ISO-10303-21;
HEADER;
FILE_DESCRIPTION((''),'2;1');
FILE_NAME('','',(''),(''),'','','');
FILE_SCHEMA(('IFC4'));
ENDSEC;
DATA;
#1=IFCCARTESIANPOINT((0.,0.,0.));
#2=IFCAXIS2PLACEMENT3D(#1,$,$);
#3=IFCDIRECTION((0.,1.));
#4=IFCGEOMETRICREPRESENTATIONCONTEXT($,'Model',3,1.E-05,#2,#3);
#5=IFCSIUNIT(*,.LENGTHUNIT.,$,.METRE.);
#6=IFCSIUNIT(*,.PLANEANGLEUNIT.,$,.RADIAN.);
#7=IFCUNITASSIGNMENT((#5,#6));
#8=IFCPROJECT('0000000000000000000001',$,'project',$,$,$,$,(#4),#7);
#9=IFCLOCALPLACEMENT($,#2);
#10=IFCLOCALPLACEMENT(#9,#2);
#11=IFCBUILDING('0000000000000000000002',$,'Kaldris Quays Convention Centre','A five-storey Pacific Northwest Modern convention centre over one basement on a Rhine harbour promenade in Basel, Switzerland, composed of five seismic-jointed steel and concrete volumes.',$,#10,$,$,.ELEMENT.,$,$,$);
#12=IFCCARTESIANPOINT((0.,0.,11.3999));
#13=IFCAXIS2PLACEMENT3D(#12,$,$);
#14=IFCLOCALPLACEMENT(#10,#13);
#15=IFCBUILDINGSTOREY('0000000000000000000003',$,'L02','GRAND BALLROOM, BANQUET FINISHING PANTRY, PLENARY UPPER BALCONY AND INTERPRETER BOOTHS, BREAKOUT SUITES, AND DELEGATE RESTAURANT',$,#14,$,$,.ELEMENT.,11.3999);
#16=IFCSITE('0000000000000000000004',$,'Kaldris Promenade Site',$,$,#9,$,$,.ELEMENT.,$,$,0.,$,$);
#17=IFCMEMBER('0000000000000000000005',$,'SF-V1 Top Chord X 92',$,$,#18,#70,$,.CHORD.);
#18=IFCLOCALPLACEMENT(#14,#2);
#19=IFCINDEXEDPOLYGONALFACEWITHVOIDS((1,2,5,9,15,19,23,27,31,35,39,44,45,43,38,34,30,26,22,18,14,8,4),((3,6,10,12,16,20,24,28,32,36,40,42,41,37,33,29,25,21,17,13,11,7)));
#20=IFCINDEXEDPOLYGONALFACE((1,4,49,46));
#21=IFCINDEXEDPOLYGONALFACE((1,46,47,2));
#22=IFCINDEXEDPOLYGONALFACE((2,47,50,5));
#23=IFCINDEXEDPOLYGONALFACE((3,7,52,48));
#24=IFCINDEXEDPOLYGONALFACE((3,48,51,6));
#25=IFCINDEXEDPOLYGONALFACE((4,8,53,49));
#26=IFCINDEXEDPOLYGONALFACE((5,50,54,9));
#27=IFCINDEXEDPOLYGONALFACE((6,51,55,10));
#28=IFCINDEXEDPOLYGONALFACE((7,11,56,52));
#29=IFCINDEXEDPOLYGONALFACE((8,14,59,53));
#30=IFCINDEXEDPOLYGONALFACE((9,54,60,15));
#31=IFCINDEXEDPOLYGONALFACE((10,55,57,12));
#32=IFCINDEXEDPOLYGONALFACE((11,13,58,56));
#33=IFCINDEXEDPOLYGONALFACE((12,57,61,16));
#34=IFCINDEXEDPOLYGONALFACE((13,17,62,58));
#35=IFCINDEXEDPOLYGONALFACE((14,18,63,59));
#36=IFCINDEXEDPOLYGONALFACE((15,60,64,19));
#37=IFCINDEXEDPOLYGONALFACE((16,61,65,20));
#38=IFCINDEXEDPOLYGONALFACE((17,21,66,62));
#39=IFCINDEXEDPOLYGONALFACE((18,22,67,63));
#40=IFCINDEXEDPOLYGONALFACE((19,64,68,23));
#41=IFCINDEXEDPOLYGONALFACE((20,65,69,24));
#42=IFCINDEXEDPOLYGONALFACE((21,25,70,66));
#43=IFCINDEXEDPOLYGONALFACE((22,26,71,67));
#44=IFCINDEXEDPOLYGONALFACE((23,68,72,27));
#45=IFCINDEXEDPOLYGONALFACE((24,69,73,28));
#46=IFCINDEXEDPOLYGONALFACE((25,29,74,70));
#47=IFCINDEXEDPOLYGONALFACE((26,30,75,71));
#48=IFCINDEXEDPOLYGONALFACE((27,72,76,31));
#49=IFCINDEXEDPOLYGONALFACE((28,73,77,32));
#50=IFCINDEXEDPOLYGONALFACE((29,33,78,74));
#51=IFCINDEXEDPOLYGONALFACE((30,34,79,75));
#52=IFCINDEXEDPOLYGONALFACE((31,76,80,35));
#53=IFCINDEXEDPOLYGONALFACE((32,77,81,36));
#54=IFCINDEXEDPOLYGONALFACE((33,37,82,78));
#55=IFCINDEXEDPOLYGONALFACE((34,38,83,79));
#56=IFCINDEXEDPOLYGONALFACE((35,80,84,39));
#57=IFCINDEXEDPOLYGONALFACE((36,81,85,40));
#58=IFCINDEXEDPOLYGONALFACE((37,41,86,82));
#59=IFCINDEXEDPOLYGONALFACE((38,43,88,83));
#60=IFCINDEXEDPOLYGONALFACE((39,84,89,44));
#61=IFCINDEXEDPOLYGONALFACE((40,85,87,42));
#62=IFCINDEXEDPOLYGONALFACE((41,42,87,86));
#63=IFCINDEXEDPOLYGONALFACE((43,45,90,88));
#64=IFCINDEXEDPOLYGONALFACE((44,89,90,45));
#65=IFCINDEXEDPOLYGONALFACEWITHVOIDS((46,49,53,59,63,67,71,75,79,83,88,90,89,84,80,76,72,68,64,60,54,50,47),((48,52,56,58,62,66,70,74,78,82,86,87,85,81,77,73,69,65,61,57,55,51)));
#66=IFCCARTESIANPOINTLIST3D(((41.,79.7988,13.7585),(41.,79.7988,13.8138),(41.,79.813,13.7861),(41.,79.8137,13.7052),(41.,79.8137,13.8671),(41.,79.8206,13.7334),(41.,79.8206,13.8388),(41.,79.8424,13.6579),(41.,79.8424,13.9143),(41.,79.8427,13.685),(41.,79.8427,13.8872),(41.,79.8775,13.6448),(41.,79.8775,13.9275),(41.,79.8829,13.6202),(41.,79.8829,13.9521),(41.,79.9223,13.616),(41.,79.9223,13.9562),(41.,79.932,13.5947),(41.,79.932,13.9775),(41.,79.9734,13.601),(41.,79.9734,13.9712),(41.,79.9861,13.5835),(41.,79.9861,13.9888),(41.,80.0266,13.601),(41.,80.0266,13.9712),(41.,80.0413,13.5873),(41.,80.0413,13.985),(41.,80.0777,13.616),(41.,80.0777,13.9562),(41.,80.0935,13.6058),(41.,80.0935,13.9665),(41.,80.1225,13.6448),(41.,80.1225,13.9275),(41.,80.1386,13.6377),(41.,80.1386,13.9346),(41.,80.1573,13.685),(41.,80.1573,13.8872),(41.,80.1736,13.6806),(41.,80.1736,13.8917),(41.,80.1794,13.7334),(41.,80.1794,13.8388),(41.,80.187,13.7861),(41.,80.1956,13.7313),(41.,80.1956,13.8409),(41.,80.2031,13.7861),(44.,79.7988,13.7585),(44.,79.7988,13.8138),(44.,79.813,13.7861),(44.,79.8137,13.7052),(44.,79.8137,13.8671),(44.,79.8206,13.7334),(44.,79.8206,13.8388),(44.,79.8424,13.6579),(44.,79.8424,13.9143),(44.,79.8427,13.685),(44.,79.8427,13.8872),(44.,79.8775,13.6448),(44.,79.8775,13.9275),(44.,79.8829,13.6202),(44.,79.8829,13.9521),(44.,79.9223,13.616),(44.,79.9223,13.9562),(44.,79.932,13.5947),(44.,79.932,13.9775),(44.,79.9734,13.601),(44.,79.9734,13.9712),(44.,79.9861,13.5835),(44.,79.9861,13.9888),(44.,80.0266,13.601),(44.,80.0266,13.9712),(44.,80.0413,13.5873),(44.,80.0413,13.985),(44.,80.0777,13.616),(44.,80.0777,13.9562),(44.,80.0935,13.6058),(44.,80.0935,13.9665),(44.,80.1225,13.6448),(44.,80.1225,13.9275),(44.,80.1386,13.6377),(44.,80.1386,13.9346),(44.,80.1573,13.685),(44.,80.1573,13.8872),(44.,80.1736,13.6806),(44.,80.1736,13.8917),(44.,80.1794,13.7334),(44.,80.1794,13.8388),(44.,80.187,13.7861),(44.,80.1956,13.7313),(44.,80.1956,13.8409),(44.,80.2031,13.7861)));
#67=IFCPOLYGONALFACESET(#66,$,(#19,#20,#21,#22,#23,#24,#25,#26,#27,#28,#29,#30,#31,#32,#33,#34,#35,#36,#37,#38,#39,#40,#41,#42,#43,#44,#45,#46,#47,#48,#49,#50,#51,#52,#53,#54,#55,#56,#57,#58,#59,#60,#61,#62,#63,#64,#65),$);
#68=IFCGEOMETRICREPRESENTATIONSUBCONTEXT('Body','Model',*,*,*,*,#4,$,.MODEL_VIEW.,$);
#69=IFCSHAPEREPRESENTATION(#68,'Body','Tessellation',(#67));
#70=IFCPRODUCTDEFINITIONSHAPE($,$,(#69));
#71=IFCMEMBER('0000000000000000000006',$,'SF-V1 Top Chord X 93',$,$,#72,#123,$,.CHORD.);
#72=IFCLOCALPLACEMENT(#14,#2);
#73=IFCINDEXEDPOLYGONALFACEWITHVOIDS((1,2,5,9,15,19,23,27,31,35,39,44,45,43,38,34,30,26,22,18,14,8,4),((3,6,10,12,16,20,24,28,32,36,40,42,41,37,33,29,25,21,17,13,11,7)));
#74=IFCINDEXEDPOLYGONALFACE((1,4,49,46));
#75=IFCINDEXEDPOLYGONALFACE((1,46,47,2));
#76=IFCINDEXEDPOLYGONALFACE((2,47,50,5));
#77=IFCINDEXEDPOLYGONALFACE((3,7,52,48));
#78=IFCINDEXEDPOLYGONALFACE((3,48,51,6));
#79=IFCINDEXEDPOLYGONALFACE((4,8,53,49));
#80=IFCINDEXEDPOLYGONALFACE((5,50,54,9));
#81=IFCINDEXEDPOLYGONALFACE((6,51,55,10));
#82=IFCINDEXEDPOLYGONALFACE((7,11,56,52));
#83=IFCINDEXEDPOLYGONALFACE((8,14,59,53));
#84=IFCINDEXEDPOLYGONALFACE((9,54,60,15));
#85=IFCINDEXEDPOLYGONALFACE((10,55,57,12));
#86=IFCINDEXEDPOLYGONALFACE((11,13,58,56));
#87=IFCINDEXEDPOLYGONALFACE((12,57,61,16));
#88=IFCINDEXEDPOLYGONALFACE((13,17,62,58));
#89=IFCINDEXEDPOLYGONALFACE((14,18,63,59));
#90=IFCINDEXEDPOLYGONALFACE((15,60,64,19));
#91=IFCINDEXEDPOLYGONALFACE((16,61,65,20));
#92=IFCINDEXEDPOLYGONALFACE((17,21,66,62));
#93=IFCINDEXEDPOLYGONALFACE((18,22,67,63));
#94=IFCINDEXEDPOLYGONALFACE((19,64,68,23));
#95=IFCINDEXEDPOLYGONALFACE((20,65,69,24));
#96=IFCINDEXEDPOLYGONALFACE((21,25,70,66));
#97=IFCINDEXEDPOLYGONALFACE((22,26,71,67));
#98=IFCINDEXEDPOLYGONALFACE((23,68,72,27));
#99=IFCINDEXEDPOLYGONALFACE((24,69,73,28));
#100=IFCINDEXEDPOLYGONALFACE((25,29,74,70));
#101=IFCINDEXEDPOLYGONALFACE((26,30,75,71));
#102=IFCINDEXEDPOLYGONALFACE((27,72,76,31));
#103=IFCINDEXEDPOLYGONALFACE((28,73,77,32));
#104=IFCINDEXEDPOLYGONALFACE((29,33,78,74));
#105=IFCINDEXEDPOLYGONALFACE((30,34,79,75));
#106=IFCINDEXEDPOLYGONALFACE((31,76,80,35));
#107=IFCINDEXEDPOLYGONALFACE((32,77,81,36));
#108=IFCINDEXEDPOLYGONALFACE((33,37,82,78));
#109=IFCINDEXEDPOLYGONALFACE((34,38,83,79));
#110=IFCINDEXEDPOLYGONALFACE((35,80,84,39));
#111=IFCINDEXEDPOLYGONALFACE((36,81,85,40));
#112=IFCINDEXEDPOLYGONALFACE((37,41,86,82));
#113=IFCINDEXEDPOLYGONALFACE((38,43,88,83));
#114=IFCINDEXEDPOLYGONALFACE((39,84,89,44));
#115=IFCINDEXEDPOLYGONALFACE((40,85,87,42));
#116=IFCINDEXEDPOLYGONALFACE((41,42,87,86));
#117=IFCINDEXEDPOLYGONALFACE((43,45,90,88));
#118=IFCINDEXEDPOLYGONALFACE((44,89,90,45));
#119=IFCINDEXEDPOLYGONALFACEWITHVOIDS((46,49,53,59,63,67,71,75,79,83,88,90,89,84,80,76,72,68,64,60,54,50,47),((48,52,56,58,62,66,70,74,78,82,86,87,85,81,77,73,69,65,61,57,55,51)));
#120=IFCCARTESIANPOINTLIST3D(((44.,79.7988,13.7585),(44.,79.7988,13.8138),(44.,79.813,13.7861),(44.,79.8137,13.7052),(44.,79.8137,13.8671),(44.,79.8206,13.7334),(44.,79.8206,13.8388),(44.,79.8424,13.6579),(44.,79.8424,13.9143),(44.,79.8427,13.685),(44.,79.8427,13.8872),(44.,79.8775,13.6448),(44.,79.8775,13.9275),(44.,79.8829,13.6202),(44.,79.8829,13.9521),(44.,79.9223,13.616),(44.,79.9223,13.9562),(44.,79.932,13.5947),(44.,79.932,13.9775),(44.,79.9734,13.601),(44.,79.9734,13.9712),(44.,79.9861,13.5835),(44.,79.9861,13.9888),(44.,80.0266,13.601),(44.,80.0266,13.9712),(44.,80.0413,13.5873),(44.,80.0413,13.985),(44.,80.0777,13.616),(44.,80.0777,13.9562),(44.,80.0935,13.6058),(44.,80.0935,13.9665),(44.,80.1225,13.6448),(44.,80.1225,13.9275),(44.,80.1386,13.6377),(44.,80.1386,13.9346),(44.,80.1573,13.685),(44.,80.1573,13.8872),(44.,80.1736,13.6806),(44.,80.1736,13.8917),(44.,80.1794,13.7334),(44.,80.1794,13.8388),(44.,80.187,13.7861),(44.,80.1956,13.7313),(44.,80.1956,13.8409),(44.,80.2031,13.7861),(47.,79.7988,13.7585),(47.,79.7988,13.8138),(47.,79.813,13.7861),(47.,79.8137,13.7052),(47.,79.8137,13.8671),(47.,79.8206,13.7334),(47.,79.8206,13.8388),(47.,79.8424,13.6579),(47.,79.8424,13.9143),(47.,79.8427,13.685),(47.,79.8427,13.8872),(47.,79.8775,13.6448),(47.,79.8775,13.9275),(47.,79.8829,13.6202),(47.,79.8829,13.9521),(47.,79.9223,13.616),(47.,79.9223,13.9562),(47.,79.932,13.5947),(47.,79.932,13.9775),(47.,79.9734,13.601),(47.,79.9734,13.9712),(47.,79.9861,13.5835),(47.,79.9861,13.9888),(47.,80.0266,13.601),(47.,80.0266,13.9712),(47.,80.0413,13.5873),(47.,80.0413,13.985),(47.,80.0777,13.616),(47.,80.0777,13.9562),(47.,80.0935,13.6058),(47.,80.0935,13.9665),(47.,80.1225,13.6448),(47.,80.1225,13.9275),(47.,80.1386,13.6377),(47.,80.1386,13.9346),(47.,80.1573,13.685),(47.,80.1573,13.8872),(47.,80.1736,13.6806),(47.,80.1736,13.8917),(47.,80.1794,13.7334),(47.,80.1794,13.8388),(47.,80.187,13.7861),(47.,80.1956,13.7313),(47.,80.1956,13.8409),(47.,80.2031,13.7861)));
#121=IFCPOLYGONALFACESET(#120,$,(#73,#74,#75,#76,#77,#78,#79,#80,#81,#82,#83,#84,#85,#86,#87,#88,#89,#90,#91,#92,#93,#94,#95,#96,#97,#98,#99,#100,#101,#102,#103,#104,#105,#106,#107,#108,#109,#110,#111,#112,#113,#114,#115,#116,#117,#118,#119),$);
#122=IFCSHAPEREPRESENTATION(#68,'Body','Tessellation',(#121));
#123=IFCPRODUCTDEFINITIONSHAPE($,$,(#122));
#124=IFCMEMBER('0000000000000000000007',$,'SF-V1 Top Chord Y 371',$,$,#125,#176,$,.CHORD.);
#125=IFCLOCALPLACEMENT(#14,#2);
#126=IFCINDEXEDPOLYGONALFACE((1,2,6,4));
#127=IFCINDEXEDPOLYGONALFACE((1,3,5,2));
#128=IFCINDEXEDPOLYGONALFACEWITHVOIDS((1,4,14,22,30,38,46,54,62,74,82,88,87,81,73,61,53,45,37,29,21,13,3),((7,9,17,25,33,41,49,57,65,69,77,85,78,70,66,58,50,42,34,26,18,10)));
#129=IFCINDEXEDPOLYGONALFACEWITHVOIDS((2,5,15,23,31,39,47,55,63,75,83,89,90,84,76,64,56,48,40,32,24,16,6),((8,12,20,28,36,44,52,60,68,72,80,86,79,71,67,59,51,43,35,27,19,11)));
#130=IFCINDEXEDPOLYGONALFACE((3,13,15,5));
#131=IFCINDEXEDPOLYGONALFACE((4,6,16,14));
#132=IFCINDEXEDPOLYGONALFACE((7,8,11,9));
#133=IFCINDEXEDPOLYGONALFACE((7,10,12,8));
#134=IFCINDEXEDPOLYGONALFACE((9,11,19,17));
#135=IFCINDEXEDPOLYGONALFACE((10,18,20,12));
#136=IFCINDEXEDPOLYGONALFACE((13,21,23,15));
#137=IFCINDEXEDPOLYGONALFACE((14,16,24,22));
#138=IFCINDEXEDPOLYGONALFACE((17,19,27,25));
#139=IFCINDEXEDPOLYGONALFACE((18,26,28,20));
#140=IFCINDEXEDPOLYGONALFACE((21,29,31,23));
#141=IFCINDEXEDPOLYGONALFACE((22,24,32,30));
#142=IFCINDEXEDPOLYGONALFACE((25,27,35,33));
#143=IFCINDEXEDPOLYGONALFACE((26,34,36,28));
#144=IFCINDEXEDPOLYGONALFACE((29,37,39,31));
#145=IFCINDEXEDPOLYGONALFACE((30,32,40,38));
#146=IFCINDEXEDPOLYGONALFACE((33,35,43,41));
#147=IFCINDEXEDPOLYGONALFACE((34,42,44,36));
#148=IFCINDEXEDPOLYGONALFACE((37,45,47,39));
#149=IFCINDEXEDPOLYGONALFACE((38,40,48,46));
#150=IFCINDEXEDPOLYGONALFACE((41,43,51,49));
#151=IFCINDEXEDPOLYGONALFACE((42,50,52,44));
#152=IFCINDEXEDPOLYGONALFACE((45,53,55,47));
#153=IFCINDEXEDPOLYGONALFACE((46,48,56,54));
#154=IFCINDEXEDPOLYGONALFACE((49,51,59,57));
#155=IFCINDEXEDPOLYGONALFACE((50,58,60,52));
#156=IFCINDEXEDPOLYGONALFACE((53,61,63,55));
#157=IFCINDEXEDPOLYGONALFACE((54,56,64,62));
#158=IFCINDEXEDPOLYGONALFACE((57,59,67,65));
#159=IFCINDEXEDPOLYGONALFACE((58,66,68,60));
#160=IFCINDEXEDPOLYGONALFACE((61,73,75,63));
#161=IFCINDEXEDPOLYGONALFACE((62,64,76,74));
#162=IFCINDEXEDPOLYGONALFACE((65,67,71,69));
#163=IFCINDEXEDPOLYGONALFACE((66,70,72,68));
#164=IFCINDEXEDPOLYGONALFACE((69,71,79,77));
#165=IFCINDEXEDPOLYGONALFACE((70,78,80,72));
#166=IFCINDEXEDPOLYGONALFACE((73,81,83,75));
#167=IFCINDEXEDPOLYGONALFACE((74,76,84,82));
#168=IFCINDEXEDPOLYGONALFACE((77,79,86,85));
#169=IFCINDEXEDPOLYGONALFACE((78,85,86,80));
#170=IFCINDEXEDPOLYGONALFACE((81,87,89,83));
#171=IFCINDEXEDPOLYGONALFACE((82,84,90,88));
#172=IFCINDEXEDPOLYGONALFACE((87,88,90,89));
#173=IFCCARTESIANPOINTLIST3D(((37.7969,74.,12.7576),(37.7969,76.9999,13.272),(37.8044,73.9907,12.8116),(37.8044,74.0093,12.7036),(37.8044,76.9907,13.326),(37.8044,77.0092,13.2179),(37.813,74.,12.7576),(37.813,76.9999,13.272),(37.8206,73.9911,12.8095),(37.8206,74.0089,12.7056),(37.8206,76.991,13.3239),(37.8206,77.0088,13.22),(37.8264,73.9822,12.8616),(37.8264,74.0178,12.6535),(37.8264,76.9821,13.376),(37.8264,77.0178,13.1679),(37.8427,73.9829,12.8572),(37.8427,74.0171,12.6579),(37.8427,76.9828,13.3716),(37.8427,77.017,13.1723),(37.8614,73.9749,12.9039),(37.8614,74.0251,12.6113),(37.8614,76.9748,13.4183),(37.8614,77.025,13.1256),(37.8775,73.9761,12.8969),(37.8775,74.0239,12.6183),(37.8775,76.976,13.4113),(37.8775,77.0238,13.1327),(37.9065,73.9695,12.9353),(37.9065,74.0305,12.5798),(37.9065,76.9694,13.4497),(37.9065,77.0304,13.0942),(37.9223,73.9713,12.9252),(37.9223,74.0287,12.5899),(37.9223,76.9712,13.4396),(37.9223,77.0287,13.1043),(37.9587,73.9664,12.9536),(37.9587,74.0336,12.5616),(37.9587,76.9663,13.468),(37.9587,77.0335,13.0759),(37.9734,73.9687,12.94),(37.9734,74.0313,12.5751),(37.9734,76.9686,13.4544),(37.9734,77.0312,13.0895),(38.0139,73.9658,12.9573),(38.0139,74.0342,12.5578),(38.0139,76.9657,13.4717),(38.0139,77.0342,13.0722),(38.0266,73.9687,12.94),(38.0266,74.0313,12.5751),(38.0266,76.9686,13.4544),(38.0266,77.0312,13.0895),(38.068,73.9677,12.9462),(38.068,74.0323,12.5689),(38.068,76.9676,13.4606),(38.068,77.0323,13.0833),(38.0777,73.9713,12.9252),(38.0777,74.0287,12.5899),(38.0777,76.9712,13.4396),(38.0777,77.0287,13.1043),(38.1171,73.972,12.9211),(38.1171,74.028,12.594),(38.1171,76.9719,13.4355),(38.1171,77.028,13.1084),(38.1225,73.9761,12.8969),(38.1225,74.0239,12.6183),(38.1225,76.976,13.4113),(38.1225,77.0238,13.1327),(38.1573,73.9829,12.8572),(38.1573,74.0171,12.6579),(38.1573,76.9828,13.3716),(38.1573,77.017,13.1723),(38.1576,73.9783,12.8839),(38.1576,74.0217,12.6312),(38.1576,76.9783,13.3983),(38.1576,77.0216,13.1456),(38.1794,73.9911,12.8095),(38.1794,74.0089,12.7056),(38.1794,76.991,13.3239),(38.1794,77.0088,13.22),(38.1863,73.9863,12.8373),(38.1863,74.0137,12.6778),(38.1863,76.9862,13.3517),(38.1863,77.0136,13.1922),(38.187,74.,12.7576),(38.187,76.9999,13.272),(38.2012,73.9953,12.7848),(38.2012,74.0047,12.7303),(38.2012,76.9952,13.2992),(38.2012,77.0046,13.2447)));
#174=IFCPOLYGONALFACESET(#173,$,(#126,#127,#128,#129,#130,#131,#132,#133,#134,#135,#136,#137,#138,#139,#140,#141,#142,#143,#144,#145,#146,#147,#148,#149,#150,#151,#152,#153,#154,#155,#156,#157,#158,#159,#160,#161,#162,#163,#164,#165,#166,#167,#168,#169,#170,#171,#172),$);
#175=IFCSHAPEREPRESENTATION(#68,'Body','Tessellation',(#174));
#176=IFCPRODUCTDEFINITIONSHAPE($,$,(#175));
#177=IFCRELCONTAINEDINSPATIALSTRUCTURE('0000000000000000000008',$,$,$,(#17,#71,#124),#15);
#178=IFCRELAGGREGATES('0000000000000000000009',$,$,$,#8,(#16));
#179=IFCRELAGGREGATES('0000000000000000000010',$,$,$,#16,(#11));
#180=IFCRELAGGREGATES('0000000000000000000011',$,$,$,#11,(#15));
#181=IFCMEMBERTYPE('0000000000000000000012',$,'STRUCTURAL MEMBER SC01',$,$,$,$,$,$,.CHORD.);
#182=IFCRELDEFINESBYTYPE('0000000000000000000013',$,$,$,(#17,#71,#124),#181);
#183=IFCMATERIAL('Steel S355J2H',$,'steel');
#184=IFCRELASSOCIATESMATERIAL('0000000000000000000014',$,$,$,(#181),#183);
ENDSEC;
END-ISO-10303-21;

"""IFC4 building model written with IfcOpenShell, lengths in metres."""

from ifc_helpers import new_model, si_unit, direction, frame, origin, origin_2d, place, context, subcontext, project, spatial, hollow_circle, extrude, material, material_profile, profile_set, type_object, element, save


model = new_model("IFC4")

# Units and contexts
model_context = context("Model", 3, precision=1e-05, world=origin(), true_north=direction((0.0, 1.0)))
body_context = subcontext(model_context, "Body", "Model", "MODEL_VIEW")
ifc_project = project(units=[si_unit("LENGTHUNIT", "METRE"), si_unit("PLANEANGLEUNIT", "RADIAN")], contexts=[model_context])

# Site, building, storey
site_placement = place(None, origin())
site = spatial("IfcSite", under=ifc_project, at=site_placement, Name="Kaldris Promenade Site", CompositionType="ELEMENT", RefElevation=0.0)
building_placement = place(site_placement, origin())
building = spatial("IfcBuilding", under=site, at=building_placement, Name="Kaldris Quays Convention Centre", Description="A five-storey Pacific Northwest Modern convention centre over one basement on a Rhine harbour promenade in Basel, Switzerland, composed of five seismic-jointed steel and concrete volumes.", CompositionType="ELEMENT")
storey_placement = place(building_placement, frame((0.0, 0.0, 11.3999)))
storey = spatial("IfcBuildingStorey", under=building, at=storey_placement, Name="L02", Description="GRAND BALLROOM, BANQUET FINISHING PANTRY, PLENARY UPPER BALCONY AND INTERPRETER BOOTHS, BREAKOUT SUITES, AND DELEGATE RESTAURANT", CompositionType="ELEMENT", Elevation=11.3999)

# Members
ifc_material_1 = material(Name="Steel S355J2H", Category="steel")
ifc_material_profile_1 = material_profile(ifc_material_1, hollow_circle(Radius=0.2031, WallThickness=0.0161, at=origin_2d()), Name="CHS 406.4x16")
ifc_profile_set_1 = profile_set([ifc_material_profile_1], Name="Steel S355J2H")
member_type_1 = type_object("IfcMemberType", Name="STRUCTURAL MEMBER SC01", PredefinedType="CHORD", material=ifc_profile_set_1)
for number, where, z_axis, x_axis, name in (
    (1, (41.0, 80.0, 13.7861), (1.0, 0.0, 0.0), (0.0, 1.0, 0.0), "SF-V1 Top Chord X 92"),
    (2, (44.0, 80.0, 13.7861), (1.0, 0.0, 0.0), (0.0, 1.0, 0.0), "SF-V1 Top Chord X 93"),
):
    element("IfcMember", number, at=place(storey_placement, frame(where, z_axis=z_axis, x_axis=x_axis)), inside=storey, type_object=member_type_1, Name=name, PredefinedType="CHORD", context=body_context, shape_type="SweptSolid", body=[
        extrude(hollow_circle(Radius=0.2031, WallThickness=0.0161, at=origin_2d()), origin(), (0.0, 0.0, 1.0), 3.0),
    ])
for number, where, z_axis, x_axis, name in (
    (3, (38.0, 74.0, 12.7576), (0.0, 0.985616, 0.169002), (-1.0, 0.0, 0.0), "SF-V1 Top Chord Y 371"),
):
    element("IfcMember", number, at=place(storey_placement, frame(where, z_axis=z_axis, x_axis=x_axis)), inside=storey, type_object=member_type_1, Name=name, PredefinedType="CHORD", context=body_context, shape_type="SweptSolid", body=[
        extrude(hollow_circle(Radius=0.2031, WallThickness=0.0161, at=origin_2d()), origin(), (0.0, 0.0, 1.0), 3.0437),
    ])

save(model, "model.ifc")
